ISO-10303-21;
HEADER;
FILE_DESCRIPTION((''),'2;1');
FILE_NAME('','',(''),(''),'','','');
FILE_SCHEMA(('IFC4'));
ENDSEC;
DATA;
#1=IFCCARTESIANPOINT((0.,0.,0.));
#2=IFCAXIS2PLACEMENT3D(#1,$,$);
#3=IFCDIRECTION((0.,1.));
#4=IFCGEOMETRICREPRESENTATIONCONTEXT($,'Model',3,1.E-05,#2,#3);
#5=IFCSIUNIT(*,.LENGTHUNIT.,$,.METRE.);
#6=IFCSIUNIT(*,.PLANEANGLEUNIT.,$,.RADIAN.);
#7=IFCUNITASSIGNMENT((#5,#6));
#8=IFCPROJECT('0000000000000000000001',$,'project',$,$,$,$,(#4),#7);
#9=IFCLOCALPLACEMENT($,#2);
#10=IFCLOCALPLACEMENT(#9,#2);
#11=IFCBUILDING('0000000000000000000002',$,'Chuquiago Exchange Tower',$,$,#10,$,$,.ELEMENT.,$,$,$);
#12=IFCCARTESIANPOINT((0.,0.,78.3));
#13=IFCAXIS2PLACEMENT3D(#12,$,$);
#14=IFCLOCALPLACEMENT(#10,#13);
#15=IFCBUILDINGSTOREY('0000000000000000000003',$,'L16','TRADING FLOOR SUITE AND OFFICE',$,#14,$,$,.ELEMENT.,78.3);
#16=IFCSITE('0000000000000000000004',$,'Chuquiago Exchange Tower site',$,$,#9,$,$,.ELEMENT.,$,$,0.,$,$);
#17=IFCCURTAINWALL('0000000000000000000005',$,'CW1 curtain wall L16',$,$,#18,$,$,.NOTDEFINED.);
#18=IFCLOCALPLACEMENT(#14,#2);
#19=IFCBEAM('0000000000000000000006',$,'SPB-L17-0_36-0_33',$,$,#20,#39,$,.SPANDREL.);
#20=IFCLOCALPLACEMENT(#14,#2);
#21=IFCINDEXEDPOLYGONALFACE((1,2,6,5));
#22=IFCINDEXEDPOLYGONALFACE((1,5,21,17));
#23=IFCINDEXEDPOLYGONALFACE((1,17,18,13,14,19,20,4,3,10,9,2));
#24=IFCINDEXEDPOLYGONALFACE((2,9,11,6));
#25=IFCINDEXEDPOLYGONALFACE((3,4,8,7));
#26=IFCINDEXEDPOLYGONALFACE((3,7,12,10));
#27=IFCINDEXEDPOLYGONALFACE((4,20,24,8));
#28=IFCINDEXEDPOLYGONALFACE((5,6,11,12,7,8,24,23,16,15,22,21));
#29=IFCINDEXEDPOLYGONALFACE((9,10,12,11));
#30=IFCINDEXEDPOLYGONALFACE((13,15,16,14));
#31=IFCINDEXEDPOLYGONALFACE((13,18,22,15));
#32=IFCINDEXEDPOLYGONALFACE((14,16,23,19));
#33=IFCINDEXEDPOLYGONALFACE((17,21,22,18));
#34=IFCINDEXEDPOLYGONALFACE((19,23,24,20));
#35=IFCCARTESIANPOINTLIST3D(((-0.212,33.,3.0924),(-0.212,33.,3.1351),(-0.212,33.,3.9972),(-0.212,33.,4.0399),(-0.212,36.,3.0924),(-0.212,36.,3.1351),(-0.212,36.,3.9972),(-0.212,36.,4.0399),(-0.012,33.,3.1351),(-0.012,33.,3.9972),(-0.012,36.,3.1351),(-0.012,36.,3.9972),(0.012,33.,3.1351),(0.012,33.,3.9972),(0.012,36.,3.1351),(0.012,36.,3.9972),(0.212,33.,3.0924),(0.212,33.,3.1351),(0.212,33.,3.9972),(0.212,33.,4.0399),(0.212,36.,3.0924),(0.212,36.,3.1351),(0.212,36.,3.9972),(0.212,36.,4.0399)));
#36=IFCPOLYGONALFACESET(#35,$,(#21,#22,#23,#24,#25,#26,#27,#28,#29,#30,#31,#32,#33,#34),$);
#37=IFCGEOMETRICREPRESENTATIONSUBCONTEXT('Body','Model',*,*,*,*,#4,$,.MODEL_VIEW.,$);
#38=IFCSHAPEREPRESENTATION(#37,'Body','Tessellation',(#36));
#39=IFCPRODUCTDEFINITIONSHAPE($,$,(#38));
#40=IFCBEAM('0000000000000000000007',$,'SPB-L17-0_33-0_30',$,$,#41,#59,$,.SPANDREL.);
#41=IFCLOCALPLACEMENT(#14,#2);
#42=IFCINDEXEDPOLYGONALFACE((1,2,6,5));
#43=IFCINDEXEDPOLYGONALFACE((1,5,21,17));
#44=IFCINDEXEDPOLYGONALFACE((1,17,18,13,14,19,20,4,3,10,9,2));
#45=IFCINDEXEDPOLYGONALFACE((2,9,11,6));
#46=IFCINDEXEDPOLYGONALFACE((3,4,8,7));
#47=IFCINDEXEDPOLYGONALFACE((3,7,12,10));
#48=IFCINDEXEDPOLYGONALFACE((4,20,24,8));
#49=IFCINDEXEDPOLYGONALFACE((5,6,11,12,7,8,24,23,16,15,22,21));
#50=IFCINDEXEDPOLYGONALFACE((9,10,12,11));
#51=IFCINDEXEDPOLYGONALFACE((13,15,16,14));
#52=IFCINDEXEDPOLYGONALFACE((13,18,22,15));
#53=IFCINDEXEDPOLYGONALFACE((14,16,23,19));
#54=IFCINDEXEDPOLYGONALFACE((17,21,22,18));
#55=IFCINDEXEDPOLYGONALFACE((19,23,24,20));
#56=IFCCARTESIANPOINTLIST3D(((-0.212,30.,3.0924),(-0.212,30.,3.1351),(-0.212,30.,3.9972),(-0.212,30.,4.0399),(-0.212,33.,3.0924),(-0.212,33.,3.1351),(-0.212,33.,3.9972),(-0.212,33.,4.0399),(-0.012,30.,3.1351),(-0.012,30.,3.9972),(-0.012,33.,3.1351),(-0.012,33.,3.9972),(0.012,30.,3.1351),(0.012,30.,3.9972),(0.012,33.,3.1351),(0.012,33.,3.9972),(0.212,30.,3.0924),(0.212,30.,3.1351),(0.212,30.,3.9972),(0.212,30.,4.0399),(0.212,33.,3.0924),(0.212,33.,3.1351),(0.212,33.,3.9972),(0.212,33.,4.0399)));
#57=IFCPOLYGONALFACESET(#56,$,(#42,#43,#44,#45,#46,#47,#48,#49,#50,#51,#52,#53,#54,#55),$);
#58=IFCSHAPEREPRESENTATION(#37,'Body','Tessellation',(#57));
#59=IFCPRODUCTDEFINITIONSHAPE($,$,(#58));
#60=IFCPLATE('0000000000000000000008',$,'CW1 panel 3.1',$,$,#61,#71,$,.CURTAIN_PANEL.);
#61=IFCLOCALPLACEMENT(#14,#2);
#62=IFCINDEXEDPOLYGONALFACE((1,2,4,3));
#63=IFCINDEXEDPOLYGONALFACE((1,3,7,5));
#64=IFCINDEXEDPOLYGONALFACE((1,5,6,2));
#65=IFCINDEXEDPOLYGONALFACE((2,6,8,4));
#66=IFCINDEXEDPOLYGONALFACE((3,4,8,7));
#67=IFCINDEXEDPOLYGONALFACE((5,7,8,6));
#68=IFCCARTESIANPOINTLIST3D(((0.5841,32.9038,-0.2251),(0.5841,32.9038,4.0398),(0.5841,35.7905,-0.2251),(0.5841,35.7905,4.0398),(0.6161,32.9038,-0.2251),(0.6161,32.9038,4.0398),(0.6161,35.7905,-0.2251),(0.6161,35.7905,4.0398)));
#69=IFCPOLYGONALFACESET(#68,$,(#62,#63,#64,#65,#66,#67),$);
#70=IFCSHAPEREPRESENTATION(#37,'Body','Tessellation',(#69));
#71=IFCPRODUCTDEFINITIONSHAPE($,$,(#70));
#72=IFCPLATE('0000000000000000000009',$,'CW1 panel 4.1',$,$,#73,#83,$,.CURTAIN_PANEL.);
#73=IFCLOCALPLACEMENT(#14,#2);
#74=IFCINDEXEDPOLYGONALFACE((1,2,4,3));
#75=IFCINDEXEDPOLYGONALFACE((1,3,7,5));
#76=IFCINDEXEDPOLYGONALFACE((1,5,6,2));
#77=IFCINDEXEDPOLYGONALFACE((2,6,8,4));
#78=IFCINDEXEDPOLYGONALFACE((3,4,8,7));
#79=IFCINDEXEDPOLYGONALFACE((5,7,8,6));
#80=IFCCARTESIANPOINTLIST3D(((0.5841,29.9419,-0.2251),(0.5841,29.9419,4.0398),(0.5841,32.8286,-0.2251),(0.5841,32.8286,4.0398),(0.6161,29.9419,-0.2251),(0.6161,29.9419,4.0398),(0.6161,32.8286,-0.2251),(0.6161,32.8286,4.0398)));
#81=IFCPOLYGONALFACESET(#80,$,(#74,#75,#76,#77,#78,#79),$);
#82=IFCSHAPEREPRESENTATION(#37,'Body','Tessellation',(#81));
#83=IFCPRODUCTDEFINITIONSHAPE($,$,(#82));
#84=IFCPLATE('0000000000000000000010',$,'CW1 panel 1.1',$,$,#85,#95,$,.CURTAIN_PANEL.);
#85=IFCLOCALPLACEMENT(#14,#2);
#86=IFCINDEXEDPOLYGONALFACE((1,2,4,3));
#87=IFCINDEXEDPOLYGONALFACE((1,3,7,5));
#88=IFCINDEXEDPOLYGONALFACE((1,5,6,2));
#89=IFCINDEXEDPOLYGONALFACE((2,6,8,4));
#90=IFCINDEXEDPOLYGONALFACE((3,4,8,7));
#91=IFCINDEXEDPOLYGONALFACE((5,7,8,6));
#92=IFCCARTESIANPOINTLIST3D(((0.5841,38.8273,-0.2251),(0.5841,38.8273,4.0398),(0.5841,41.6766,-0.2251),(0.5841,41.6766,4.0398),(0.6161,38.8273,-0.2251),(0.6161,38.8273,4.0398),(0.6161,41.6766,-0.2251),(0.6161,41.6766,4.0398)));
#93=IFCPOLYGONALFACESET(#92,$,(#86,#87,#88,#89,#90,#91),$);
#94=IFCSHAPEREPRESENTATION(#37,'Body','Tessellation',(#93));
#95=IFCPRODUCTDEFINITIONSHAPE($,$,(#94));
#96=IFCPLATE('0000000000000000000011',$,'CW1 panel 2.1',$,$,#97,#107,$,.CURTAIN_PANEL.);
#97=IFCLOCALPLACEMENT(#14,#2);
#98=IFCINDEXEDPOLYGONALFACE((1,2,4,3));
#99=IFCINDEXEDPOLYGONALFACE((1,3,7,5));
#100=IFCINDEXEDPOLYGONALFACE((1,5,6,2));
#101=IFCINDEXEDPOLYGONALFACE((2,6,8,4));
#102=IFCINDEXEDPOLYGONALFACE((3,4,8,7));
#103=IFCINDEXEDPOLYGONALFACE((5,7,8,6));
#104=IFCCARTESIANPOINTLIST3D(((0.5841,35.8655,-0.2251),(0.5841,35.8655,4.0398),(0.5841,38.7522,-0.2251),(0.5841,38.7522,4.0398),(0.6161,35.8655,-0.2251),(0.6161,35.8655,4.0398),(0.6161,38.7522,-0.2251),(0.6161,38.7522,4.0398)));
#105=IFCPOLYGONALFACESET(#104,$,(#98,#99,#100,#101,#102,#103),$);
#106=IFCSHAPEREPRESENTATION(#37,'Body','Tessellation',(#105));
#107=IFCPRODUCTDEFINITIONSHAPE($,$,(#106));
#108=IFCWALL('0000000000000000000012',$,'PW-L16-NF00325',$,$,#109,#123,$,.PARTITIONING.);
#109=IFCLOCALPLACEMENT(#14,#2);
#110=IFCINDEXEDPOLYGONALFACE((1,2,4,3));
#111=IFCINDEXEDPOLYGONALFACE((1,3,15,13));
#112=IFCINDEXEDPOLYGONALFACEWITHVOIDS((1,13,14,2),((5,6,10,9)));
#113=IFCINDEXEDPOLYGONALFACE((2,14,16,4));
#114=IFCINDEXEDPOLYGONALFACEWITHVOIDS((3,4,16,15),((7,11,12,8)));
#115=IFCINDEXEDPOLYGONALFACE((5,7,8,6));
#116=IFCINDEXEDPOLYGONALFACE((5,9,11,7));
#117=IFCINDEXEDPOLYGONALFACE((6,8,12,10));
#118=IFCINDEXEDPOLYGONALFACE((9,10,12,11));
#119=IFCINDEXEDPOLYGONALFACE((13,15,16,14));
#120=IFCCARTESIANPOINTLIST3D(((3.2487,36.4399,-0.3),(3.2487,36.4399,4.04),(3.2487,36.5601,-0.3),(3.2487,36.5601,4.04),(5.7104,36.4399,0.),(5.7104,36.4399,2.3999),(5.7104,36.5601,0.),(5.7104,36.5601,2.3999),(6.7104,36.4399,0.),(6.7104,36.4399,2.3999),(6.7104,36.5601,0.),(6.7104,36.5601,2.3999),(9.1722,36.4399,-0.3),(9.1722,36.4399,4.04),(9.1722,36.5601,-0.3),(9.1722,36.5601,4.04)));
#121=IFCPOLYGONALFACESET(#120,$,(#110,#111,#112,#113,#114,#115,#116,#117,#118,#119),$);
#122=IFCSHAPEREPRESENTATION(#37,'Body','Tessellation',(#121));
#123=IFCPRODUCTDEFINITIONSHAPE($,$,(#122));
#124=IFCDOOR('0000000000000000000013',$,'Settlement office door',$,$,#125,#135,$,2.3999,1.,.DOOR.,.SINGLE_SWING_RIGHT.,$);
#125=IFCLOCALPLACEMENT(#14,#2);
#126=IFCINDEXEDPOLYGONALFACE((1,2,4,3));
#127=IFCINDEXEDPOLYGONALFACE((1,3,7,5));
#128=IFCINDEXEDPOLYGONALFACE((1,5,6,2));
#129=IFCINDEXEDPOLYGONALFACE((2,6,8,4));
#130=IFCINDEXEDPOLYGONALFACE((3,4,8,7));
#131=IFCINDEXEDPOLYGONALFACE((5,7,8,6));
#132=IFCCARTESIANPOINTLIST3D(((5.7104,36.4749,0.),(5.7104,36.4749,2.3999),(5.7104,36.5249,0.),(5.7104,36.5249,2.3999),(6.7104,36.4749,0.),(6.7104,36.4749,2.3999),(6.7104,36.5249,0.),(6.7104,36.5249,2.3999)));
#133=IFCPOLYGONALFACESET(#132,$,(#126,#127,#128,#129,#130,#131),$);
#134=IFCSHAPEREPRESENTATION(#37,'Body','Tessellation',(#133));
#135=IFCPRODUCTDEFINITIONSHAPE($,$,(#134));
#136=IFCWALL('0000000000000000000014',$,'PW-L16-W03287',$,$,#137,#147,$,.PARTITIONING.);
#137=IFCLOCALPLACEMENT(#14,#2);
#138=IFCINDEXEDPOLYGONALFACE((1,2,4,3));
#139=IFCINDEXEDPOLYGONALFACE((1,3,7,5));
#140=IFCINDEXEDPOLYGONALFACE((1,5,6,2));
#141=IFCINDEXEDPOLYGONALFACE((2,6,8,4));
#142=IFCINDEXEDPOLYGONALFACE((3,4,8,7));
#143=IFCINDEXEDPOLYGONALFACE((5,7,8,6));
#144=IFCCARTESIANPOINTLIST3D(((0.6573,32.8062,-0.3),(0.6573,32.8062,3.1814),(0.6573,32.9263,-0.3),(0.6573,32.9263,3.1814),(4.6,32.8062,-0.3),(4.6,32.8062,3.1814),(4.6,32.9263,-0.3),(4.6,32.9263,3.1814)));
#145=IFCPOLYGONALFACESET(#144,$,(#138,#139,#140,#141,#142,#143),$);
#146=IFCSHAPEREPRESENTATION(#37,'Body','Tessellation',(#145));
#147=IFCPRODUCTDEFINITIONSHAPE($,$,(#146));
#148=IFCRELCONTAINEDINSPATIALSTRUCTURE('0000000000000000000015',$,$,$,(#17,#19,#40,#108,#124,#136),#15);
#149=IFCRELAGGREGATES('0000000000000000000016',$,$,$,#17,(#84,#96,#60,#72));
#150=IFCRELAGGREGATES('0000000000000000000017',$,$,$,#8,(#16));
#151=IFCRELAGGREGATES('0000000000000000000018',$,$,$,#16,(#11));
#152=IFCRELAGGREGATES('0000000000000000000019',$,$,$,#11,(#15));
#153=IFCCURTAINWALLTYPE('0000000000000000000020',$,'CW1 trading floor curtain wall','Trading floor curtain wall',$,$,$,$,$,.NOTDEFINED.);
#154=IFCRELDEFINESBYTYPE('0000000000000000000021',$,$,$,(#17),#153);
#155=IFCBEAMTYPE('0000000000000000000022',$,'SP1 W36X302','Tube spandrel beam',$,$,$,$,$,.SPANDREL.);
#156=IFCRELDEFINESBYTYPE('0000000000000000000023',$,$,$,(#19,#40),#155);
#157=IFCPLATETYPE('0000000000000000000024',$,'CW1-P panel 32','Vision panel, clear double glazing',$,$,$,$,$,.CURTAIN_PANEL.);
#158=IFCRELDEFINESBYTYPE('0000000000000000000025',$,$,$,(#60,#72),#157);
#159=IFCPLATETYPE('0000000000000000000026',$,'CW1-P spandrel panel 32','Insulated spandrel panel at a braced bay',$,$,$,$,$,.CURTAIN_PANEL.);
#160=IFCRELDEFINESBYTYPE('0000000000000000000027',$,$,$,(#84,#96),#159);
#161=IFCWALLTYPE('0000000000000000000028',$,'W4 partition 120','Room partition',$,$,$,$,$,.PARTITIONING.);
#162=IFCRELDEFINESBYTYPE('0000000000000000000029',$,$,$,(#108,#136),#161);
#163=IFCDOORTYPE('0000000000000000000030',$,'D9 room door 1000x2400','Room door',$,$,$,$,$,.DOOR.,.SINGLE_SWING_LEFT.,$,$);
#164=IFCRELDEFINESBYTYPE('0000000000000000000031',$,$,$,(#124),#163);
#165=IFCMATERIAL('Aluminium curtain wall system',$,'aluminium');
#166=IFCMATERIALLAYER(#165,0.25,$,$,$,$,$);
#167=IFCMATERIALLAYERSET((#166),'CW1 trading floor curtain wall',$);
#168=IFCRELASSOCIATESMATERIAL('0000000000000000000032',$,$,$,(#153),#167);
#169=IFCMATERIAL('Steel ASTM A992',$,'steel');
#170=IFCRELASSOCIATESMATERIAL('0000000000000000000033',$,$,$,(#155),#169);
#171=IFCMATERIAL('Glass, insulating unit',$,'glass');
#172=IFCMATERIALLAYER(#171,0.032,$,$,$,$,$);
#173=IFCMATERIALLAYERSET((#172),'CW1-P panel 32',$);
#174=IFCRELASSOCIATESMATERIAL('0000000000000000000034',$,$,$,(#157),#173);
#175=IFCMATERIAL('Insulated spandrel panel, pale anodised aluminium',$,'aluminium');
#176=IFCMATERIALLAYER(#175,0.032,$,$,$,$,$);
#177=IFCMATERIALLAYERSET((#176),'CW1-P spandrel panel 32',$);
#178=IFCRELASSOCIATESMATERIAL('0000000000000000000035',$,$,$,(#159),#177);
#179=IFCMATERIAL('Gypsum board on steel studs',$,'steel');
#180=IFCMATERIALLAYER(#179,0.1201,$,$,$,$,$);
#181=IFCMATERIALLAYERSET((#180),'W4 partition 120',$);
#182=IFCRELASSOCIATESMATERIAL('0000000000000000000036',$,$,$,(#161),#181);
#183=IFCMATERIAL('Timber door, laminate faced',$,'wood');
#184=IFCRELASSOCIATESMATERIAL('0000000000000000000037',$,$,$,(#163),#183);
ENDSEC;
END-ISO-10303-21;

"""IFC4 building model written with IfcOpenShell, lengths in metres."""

from ifc_helpers import new_model, si_unit, direction, frame, frame_2d, origin, origin_2d, place, context, subcontext, project, spatial, rectangle, i_section, extrude, material, layer, layer_set, material_profile, profile_set, type_object, element, fill, aggregate, save


model = new_model("IFC4")

# Units and contexts
model_context = context("Model", 3, precision=1e-05, world=origin(), true_north=direction((0.0, 1.0)))
body_context = subcontext(model_context, "Body", "Model", "MODEL_VIEW")
ifc_project = project(units=[si_unit("LENGTHUNIT", "METRE"), si_unit("PLANEANGLEUNIT", "RADIAN")], contexts=[model_context])

# Site, building, storey
site_placement = place(None, origin())
site = spatial("IfcSite", under=ifc_project, at=site_placement, Name="Chuquiago Exchange Tower site", CompositionType="ELEMENT", RefElevation=0.0)
building_placement = place(site_placement, origin())
building = spatial("IfcBuilding", under=site, at=building_placement, Name="Chuquiago Exchange Tower", CompositionType="ELEMENT")
storey_placement = place(building_placement, frame((0.0, 0.0, 78.3)))
storey = spatial("IfcBuildingStorey", under=building, at=storey_placement, Name="L16", Description="TRADING FLOOR SUITE AND OFFICE", CompositionType="ELEMENT", Elevation=78.3)

# Curtain wall
ifc_material_1 = material(Name="Aluminium curtain wall system", Category="aluminium")
ifc_layer_1 = layer(ifc_material_1, 0.25)
ifc_layer_set_1 = layer_set([ifc_layer_1], Name="CW1 trading floor curtain wall")
curtain_wall_type = type_object("IfcCurtainWallType", Name="CW1 trading floor curtain wall", Description="Trading floor curtain wall", PredefinedType="NOTDEFINED", material=ifc_layer_set_1)
curtain_wall_placement = place(storey_placement, origin())
curtain_wall = element("IfcCurtainWall", 1, at=curtain_wall_placement, inside=storey, type_object=curtain_wall_type, Name="CW1 curtain wall L16", PredefinedType="NOTDEFINED")

# Beams
ifc_material_2 = material(Name="Steel ASTM A992", Category="steel")
ifc_material_profile_1 = material_profile(ifc_material_2, i_section(OverallWidth=0.4241, OverallDepth=0.9475, WebThickness=0.0239, FlangeThickness=0.0427, at=origin_2d()), Name="W36X302")
ifc_profile_set_1 = profile_set([ifc_material_profile_1], Name="Steel ASTM A992")
beam_type = type_object("IfcBeamType", Name="SP1 W36X302", Description="Tube spandrel beam", PredefinedType="SPANDREL", material=ifc_profile_set_1)
for number, where, z_axis, x_axis, name in (
    (2, (0.0, 36.0, 3.5662), (0.0, -1.0, 0.0), (1.0, 0.0, 0.0), "SPB-L17-0_36-0_33"),
    (3, (0.0, 33.0, 3.5662), (0.0, -1.0, 0.0), (1.0, 0.0, 0.0), "SPB-L17-0_33-0_30"),
):
    element("IfcBeam", number, at=place(storey_placement, frame(where, z_axis=z_axis, x_axis=x_axis)), inside=storey, type_object=beam_type, Name=name, PredefinedType="SPANDREL", context=body_context, shape_type="SweptSolid", body=[
        extrude(i_section(OverallWidth=0.4241, OverallDepth=0.9475, WebThickness=0.0239, FlangeThickness=0.0427, at=origin_2d()), origin(), (0.0, 0.0, 1.0), 3.0),
    ])

# Plates
ifc_material_3 = material(Name="Glass, insulating unit", Category="glass")
ifc_layer_2 = layer(ifc_material_3, 0.032)
ifc_layer_set_2 = layer_set([ifc_layer_2], Name="CW1-P panel 32")
plate_type_1 = type_object("IfcPlateType", Name="CW1-P panel 32", Description="Vision panel, clear double glazing", PredefinedType="CURTAIN_PANEL", material=ifc_layer_set_2)
plate_1_placement = place(storey_placement, frame((0.6001, 34.3472, -0.2251), z_axis=(0.0, 0.0, 1.0), x_axis=(0.0, -1.0, 0.0)))
plate_1 = element("IfcPlate", 4, at=plate_1_placement, type_object=plate_type_1, Name="CW1 panel 3.1", PredefinedType="CURTAIN_PANEL", context=body_context, shape_type="SweptSolid", body=[
    extrude(rectangle(XDim=2.8867, YDim=0.032, at=origin_2d()), origin(), (0.0, 0.0, 1.0), 4.2649),
])
plate_2_placement = place(storey_placement, frame((0.6001, 31.3853, -0.2251), z_axis=(0.0, 0.0, 1.0), x_axis=(0.0, -1.0, 0.0)))
plate_2 = element("IfcPlate", 5, at=plate_2_placement, type_object=plate_type_1, Name="CW1 panel 4.1", PredefinedType="CURTAIN_PANEL", context=body_context, shape_type="SweptSolid", body=[
    extrude(rectangle(XDim=2.8867, YDim=0.032, at=origin_2d()), origin(), (0.0, 0.0, 1.0), 4.2649),
])
ifc_material_4 = material(Name="Insulated spandrel panel, pale anodised aluminium", Category="aluminium")
ifc_layer_3 = layer(ifc_material_4, 0.032)
ifc_layer_set_3 = layer_set([ifc_layer_3], Name="CW1-P spandrel panel 32")
plate_type_2 = type_object("IfcPlateType", Name="CW1-P spandrel panel 32", Description="Insulated spandrel panel at a braced bay", PredefinedType="CURTAIN_PANEL", material=ifc_layer_set_3)
plate_3_placement = place(storey_placement, frame((0.6001, 40.252, -0.2251), z_axis=(0.0, 0.0, 1.0), x_axis=(0.0, -1.0, 0.0)))
plate_3 = element("IfcPlate", 6, at=plate_3_placement, type_object=plate_type_2, Name="CW1 panel 1.1", PredefinedType="CURTAIN_PANEL", context=body_context, shape_type="SweptSolid", body=[
    extrude(rectangle(XDim=2.8494, YDim=0.032, at=origin_2d()), origin(), (0.0, 0.0, 1.0), 4.2649),
])
plate_4_placement = place(storey_placement, frame((0.6001, 37.3088, -0.2251), z_axis=(0.0, 0.0, 1.0), x_axis=(0.0, -1.0, 0.0)))
plate_4 = element("IfcPlate", 7, at=plate_4_placement, type_object=plate_type_2, Name="CW1 panel 2.1", PredefinedType="CURTAIN_PANEL", context=body_context, shape_type="SweptSolid", body=[
    extrude(rectangle(XDim=2.8867, YDim=0.032, at=origin_2d()), origin(), (0.0, 0.0, 1.0), 4.2649),
])
aggregate(curtain_wall, [plate_3, plate_4, plate_1, plate_2])

# Wall, opening, door
ifc_material_5 = material(Name="Gypsum board on steel studs", Category="steel")
ifc_layer_4 = layer(ifc_material_5, 0.1201)
ifc_layer_set_4 = layer_set([ifc_layer_4], Name="W4 partition 120")
wall_type = type_object("IfcWallType", Name="W4 partition 120", Description="Room partition", PredefinedType="PARTITIONING", material=ifc_layer_set_4)
wall_1_placement = place(storey_placement, frame((3.2485, 36.5, -0.3), z_axis=(0.0, 0.0, 1.0), x_axis=(1.0, 0.0, 0.0)))
wall_1 = element("IfcWall", 8, at=wall_1_placement, inside=storey, type_object=wall_type, Name="PW-L16-NF00325", PredefinedType="PARTITIONING", context=body_context, shape_type="SweptSolid", body=[
    extrude(rectangle(XDim=5.9236, YDim=0.1201, at=frame_2d((2.9619, 0.0))), origin(), (0.0, 0.0, 1.0), 4.3401),
])
opening_placement = place(wall_1_placement, frame((2.4619, 0.0, 0.3)))
opening = element("IfcOpeningElement", 9, at=opening_placement, cuts=wall_1, PredefinedType="OPENING", context=body_context, shape_type="SweptSolid", body=[
    extrude(rectangle(XDim=1.0, YDim=2.3999, at=frame_2d((0.5, 1.2))), frame((0.0, 0.0701, 0.0), z_axis=(0.0, -1.0, 0.0), x_axis=(1.0, 0.0, 0.0)), (0.0, 0.0, 1.0), 0.1401),
])
ifc_material_6 = material(Name="Timber door, laminate faced", Category="wood")
door_type = type_object("IfcDoorType", Name="D9 room door 1000x2400", Description="Room door", OperationType="SINGLE_SWING_LEFT", PredefinedType="DOOR", material=ifc_material_6)
door_placement = place(opening_placement, origin())
door = element("IfcDoor", 10, at=door_placement, inside=storey, type_object=door_type, Name="Settlement office door", OperationType="SINGLE_SWING_RIGHT", OverallHeight=2.3999, OverallWidth=1.0, PredefinedType="DOOR", context=body_context, shape_type="SweptSolid", body=[
    extrude(rectangle(XDim=1.0, YDim=2.3999, at=frame_2d((0.5, 1.2))), frame((0.0, 0.0249, 0.0), z_axis=(0.0, -1.0, 0.0), x_axis=(1.0, 0.0, 0.0)), (0.0, 0.0, 1.0), 0.05),
])
fill(opening, door)

# Wall
wall_2_placement = place(storey_placement, frame((0.6575, 32.8662, -0.3), z_axis=(0.0, 0.0, 1.0), x_axis=(1.0, 0.0, 0.0)))
element("IfcWall", 11, at=wall_2_placement, inside=storey, type_object=wall_type, Name="PW-L16-W03287", PredefinedType="PARTITIONING", context=body_context, shape_type="SweptSolid", body=[
    extrude(rectangle(XDim=3.9426, YDim=0.1201, at=frame_2d((1.9712, 0.0))), origin(), (0.0, 0.0, 1.0), 3.4814),
])

save(model, "model.ifc")
